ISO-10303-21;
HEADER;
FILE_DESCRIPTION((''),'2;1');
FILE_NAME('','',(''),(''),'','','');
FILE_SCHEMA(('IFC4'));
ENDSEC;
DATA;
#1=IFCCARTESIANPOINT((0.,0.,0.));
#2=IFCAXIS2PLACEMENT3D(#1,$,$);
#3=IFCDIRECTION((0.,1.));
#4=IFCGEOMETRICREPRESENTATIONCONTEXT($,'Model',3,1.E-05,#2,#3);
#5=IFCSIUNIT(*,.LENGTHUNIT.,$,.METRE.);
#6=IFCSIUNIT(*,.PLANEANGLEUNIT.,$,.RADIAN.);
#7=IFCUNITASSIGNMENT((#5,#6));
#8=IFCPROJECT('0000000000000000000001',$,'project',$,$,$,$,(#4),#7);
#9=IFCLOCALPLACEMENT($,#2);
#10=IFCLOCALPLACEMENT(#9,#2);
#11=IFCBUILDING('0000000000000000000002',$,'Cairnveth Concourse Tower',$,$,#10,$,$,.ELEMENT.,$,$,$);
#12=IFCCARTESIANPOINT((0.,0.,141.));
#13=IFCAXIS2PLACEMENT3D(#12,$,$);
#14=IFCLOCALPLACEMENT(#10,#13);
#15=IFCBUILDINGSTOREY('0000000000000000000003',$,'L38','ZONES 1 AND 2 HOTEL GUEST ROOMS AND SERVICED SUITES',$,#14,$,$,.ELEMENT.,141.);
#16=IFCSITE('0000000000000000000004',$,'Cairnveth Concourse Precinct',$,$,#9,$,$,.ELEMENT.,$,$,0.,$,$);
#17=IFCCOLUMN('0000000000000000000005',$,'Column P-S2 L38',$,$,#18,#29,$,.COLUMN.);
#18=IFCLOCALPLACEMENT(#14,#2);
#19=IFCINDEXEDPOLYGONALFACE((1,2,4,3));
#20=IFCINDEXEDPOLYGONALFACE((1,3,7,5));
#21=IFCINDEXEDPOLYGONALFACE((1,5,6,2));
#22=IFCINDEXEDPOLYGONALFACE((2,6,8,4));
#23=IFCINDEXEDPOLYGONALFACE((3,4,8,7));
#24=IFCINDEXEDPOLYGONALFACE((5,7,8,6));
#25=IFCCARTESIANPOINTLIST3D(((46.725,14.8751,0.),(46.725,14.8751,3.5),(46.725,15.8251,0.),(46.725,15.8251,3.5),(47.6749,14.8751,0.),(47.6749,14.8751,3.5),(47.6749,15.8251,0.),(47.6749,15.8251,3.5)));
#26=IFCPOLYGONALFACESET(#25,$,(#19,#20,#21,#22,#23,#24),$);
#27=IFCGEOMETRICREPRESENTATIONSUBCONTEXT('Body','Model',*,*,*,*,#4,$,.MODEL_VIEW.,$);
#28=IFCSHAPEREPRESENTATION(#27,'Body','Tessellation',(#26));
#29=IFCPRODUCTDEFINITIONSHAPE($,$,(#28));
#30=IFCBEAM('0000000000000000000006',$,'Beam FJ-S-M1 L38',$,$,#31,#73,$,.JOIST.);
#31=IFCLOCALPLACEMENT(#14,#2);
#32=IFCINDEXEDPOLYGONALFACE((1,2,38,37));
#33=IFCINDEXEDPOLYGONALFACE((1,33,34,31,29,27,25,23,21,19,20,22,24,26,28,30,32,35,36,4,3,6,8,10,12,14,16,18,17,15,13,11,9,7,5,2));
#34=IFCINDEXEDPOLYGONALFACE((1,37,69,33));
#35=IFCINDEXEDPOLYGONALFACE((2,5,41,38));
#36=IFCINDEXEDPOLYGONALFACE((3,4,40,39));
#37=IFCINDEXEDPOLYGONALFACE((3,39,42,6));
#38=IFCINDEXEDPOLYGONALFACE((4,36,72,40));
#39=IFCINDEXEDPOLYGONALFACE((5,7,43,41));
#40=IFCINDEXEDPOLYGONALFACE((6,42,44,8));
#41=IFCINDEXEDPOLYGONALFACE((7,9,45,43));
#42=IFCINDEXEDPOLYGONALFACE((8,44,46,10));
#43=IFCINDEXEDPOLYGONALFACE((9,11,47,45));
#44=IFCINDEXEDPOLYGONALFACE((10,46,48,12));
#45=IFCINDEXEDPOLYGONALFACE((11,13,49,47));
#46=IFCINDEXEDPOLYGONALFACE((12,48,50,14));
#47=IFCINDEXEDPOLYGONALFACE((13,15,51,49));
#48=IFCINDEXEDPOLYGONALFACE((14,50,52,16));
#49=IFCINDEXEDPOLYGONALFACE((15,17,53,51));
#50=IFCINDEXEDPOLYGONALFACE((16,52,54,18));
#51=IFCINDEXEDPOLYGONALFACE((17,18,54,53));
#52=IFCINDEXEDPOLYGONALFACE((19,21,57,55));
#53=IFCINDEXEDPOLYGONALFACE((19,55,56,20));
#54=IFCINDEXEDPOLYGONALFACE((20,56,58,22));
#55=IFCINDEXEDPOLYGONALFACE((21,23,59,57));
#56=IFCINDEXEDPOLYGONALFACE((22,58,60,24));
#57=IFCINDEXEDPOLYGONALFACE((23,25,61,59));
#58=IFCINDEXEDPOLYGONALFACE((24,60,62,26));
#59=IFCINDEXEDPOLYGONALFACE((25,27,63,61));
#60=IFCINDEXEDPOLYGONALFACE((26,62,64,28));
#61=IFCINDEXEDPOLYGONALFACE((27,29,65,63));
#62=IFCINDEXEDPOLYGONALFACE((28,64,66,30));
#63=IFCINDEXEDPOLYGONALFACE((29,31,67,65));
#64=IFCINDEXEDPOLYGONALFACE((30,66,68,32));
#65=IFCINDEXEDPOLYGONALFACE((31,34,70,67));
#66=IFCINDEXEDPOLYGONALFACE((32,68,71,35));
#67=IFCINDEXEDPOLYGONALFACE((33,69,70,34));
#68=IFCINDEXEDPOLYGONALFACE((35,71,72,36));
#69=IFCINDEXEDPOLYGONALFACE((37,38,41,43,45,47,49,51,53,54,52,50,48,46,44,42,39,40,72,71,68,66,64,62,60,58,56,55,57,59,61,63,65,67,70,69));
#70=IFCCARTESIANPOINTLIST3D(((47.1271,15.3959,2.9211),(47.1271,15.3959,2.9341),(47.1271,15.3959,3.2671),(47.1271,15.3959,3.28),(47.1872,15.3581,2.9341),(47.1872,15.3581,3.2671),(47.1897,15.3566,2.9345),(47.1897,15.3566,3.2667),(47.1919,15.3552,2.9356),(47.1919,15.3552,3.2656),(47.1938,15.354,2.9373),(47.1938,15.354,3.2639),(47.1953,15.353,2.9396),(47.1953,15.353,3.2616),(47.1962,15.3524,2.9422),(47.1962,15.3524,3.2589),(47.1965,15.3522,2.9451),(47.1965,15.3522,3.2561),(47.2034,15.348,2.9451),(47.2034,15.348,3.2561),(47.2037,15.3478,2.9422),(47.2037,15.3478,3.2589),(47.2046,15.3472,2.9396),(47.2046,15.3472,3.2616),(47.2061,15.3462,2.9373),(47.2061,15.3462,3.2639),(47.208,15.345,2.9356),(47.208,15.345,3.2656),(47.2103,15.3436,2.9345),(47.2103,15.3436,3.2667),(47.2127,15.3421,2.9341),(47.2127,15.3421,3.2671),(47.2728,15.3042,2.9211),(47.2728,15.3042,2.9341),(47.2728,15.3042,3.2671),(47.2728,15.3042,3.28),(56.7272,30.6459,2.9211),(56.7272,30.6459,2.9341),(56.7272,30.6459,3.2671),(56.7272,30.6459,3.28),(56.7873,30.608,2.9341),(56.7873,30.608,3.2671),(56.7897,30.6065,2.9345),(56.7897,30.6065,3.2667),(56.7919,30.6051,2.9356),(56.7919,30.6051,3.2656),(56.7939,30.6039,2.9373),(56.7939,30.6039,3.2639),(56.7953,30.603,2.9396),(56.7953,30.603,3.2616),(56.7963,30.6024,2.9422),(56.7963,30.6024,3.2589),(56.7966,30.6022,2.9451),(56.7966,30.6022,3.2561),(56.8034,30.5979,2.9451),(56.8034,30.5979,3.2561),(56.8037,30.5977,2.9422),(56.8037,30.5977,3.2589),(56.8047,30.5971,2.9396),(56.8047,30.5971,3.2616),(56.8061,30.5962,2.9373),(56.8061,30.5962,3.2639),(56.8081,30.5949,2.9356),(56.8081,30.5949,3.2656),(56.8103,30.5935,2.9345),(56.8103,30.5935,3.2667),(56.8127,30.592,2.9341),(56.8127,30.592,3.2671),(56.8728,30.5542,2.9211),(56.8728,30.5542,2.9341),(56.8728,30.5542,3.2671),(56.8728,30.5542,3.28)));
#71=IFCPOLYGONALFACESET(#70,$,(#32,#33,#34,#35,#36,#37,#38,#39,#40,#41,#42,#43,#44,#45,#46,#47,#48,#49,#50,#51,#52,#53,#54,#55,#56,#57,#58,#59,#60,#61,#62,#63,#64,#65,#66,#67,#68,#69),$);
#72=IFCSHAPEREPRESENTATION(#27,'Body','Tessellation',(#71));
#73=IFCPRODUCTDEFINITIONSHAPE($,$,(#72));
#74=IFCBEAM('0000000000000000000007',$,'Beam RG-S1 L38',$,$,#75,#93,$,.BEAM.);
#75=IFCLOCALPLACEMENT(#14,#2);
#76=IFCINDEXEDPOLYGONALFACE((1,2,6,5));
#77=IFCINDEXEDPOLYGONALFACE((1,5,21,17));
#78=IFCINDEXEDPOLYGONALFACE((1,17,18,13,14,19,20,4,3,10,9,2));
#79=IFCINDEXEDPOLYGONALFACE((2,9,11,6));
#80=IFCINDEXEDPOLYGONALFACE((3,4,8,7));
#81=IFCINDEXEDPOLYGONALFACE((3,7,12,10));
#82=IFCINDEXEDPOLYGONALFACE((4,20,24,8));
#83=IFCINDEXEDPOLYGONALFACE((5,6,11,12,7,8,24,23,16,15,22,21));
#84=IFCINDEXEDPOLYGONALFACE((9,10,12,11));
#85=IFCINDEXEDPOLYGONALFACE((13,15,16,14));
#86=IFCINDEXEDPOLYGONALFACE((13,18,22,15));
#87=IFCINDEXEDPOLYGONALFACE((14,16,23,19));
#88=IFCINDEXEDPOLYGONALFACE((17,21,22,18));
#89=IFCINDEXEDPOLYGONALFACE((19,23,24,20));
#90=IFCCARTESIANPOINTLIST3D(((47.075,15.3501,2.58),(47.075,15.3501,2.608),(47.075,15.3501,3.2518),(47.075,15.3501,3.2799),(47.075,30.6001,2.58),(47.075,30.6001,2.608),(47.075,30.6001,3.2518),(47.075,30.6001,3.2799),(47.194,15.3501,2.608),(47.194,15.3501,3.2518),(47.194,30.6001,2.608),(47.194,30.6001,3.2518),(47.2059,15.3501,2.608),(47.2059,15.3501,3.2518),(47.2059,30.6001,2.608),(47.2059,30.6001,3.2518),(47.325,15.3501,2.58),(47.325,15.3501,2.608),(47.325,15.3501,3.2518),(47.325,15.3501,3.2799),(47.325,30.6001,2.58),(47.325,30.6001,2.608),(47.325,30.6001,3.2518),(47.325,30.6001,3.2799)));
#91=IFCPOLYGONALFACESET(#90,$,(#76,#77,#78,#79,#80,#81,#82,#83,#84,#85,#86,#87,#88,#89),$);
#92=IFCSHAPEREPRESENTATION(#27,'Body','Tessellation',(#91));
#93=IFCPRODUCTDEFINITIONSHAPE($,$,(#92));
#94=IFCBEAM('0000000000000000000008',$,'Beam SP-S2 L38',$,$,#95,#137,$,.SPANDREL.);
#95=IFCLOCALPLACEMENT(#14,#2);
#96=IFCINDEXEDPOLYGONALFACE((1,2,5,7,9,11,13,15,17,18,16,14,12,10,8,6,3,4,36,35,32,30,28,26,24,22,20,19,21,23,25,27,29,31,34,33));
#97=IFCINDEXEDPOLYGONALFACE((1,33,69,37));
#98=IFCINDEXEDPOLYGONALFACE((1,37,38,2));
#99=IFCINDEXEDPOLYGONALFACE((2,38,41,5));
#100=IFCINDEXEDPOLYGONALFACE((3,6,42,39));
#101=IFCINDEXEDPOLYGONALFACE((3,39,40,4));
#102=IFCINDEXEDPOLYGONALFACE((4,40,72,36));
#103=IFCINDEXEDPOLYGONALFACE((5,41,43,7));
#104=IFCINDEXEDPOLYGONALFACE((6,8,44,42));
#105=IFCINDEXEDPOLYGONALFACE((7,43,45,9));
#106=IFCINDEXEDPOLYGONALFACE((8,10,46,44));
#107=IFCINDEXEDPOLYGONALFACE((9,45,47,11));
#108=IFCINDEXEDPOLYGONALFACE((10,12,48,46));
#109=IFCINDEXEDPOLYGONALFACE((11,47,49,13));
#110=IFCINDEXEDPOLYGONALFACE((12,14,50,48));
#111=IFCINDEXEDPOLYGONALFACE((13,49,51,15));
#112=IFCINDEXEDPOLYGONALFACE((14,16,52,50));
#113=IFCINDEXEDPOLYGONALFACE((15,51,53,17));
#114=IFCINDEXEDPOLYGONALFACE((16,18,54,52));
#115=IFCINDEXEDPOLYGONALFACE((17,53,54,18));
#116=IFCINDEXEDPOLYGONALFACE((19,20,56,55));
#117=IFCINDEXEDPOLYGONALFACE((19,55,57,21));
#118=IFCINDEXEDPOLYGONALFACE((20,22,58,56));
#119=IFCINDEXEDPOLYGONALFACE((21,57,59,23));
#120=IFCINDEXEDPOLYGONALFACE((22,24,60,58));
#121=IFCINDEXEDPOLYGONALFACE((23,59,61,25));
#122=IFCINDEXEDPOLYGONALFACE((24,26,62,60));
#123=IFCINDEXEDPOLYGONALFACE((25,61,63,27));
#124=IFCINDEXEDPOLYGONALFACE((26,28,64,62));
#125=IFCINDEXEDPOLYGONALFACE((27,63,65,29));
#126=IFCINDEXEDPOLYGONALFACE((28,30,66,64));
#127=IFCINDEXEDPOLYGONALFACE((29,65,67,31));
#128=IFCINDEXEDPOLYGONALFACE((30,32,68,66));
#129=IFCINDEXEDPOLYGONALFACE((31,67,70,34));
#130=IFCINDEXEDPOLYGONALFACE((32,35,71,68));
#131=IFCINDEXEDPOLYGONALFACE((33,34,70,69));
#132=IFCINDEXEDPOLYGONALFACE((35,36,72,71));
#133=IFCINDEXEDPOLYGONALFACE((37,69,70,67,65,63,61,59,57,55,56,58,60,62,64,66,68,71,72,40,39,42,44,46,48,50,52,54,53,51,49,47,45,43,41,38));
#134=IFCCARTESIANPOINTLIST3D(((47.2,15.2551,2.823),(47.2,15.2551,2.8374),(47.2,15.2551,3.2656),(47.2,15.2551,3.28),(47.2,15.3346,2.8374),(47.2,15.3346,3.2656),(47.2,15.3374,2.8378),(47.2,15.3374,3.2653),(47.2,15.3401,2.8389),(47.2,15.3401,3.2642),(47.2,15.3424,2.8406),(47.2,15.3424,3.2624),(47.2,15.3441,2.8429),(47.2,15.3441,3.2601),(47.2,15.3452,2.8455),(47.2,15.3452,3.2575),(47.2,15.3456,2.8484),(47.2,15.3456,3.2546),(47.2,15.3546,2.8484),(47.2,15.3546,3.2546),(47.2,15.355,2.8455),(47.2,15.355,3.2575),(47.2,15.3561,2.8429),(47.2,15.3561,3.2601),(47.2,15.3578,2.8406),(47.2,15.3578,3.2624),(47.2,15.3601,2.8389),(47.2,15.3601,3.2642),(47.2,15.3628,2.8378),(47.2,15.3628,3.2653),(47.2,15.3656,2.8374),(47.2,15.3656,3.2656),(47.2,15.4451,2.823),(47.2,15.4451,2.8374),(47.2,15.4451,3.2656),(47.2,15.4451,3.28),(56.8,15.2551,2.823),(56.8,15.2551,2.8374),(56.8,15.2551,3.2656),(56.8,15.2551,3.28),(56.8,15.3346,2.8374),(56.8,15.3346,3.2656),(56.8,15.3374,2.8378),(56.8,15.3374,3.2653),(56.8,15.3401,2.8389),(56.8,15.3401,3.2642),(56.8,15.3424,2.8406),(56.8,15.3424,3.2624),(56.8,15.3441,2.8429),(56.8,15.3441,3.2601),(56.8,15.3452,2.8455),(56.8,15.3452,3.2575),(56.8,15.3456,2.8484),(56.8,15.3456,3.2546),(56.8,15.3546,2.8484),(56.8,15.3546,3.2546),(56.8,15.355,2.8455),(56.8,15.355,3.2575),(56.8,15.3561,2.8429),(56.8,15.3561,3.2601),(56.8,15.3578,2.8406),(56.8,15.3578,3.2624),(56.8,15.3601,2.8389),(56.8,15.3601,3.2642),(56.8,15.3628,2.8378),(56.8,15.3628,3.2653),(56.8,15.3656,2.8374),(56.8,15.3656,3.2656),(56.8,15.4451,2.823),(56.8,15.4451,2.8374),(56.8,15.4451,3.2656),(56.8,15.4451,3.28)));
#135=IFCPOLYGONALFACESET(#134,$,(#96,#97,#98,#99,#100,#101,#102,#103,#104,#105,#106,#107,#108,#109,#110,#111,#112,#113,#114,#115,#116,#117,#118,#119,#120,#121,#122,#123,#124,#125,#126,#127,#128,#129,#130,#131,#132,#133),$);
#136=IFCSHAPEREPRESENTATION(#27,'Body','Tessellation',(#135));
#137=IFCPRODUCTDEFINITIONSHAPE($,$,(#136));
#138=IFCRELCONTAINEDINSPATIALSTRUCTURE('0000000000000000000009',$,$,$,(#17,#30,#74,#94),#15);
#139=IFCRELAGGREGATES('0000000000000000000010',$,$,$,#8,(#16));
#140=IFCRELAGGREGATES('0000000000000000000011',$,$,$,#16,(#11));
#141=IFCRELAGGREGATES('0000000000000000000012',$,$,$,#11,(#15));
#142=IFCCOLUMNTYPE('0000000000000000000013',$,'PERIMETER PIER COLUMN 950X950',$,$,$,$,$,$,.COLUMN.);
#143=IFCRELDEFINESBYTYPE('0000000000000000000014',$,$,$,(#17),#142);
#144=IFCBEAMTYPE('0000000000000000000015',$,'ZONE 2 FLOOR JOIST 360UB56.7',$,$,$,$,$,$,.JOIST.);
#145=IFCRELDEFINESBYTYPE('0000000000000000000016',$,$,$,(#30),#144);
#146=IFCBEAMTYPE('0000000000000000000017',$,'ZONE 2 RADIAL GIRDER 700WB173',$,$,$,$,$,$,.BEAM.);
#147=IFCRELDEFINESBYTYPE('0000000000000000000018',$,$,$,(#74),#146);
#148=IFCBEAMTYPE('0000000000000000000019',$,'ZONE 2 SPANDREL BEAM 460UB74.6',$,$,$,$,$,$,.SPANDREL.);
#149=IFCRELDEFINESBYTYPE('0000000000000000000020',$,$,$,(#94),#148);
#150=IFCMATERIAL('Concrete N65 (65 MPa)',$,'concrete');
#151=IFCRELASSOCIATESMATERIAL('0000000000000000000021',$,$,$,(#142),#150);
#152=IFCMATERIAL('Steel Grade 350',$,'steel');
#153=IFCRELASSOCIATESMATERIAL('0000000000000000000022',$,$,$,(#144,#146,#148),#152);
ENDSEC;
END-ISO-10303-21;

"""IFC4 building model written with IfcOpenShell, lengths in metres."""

from ifc_helpers import new_model, si_unit, direction, frame, origin, origin_2d, place, context, subcontext, project, spatial, rectangle, i_section, extrude, material, material_profile, profile_set, type_object, element, save


model = new_model("IFC4")

# Units and contexts
model_context = context("Model", 3, precision=1e-05, world=origin(), true_north=direction((0.0, 1.0)))
body_context = subcontext(model_context, "Body", "Model", "MODEL_VIEW")
ifc_project = project(units=[si_unit("LENGTHUNIT", "METRE"), si_unit("PLANEANGLEUNIT", "RADIAN")], contexts=[model_context])

# Site, building, storey
site_placement = place(None, origin())
site = spatial("IfcSite", under=ifc_project, at=site_placement, Name="Cairnveth Concourse Precinct", CompositionType="ELEMENT", RefElevation=0.0)
building_placement = place(site_placement, origin())
building = spatial("IfcBuilding", under=site, at=building_placement, Name="Cairnveth Concourse Tower", CompositionType="ELEMENT")
storey_placement = place(building_placement, frame((0.0, 0.0, 141.0)))
storey = spatial("IfcBuildingStorey", under=building, at=storey_placement, Name="L38", Description="ZONES 1 AND 2 HOTEL GUEST ROOMS AND SERVICED SUITES", CompositionType="ELEMENT", Elevation=141.0)

# Column
ifc_material_1 = material(Name="Concrete N65 (65 MPa)", Category="concrete")
ifc_material_profile_1 = material_profile(ifc_material_1, rectangle(XDim=0.95, YDim=0.95, at=origin_2d()), Name="RC-COL-950x950")
ifc_profile_set_1 = profile_set([ifc_material_profile_1], Name="Concrete N65 (65 MPa)")
column_type = type_object("IfcColumnType", Name="PERIMETER PIER COLUMN 950X950", PredefinedType="COLUMN", material=ifc_profile_set_1)
column_placement = place(storey_placement, frame((47.2, 15.3501, 0.0), z_axis=(0.0, 0.0, 1.0), x_axis=(1.0, 0.0, 0.0)))
element("IfcColumn", 1, at=column_placement, inside=storey, type_object=column_type, Name="Column P-S2 L38", PredefinedType="COLUMN", context=body_context, shape_type="SweptSolid", body=[
    extrude(rectangle(XDim=0.95, YDim=0.95, at=origin_2d()), origin(), (0.0, 0.0, 1.0), 3.5),
])

# Beams
ifc_material_2 = material(Name="Steel Grade 350", Category="steel")
ifc_material_profile_2 = material_profile(ifc_material_2, i_section(OverallWidth=0.1721, OverallDepth=0.3589, WebThickness=0.0081, FlangeThickness=0.0129, FilletRadius=0.011, at=origin_2d()), Name="360UB56.7")
ifc_profile_set_2 = profile_set([ifc_material_profile_2], Name="Steel Grade 350")
beam_type_1 = type_object("IfcBeamType", Name="ZONE 2 FLOOR JOIST 360UB56.7", PredefinedType="JOIST", material=ifc_profile_set_2)
beam_1_placement = place(storey_placement, frame((47.2, 15.3501, 3.1006), z_axis=(0.532744, 0.846277, 0.0), x_axis=(-0.846277, 0.532744, 0.0)))
element("IfcBeam", 2, at=beam_1_placement, inside=storey, type_object=beam_type_1, Name="Beam FJ-S-M1 L38", PredefinedType="JOIST", context=body_context, shape_type="SweptSolid", body=[
    extrude(i_section(OverallWidth=0.1721, OverallDepth=0.3589, WebThickness=0.0081, FlangeThickness=0.0129, FilletRadius=0.011, at=origin_2d()), origin(), (0.0, 0.0, 1.0), 18.02),
])
ifc_material_profile_3 = material_profile(ifc_material_2, i_section(OverallWidth=0.25, OverallDepth=0.7, WebThickness=0.012, FlangeThickness=0.0281, at=origin_2d()), Name="700WB173")
ifc_profile_set_3 = profile_set([ifc_material_profile_3], Name="Steel Grade 350")
beam_type_2 = type_object("IfcBeamType", Name="ZONE 2 RADIAL GIRDER 700WB173", PredefinedType="BEAM", material=ifc_profile_set_3)
beam_2_placement = place(storey_placement, frame((47.2, 15.3501, 2.9299), z_axis=(0.0, 1.0, 0.0), x_axis=(-1.0, 0.0, 0.0)))
element("IfcBeam", 3, at=beam_2_placement, inside=storey, type_object=beam_type_2, Name="Beam RG-S1 L38", PredefinedType="BEAM", context=body_context, shape_type="SweptSolid", body=[
    extrude(i_section(OverallWidth=0.25, OverallDepth=0.7, WebThickness=0.012, FlangeThickness=0.0281, at=origin_2d()), origin(), (0.0, 0.0, 1.0), 15.25),
])
ifc_material_profile_4 = material_profile(ifc_material_2, i_section(OverallWidth=0.1899, OverallDepth=0.457, WebThickness=0.009, FlangeThickness=0.0144, FilletRadius=0.011, at=origin_2d()), Name="460UB74.6")
ifc_profile_set_4 = profile_set([ifc_material_profile_4], Name="Steel Grade 350")
beam_type_3 = type_object("IfcBeamType", Name="ZONE 2 SPANDREL BEAM 460UB74.6", PredefinedType="SPANDREL", material=ifc_profile_set_4)
beam_3_placement = place(storey_placement, frame((47.2, 15.3501, 3.0515), z_axis=(1.0, 0.0, 0.0), x_axis=(0.0, 1.0, 0.0)))
element("IfcBeam", 4, at=beam_3_placement, inside=storey, type_object=beam_type_3, Name="Beam SP-S2 L38", PredefinedType="SPANDREL", context=body_context, shape_type="SweptSolid", body=[
    extrude(i_section(OverallWidth=0.1899, OverallDepth=0.457, WebThickness=0.009, FlangeThickness=0.0144, FilletRadius=0.011, at=origin_2d()), origin(), (0.0, 0.0, 1.0), 9.6001),
])

save(model, "model.ifc")
